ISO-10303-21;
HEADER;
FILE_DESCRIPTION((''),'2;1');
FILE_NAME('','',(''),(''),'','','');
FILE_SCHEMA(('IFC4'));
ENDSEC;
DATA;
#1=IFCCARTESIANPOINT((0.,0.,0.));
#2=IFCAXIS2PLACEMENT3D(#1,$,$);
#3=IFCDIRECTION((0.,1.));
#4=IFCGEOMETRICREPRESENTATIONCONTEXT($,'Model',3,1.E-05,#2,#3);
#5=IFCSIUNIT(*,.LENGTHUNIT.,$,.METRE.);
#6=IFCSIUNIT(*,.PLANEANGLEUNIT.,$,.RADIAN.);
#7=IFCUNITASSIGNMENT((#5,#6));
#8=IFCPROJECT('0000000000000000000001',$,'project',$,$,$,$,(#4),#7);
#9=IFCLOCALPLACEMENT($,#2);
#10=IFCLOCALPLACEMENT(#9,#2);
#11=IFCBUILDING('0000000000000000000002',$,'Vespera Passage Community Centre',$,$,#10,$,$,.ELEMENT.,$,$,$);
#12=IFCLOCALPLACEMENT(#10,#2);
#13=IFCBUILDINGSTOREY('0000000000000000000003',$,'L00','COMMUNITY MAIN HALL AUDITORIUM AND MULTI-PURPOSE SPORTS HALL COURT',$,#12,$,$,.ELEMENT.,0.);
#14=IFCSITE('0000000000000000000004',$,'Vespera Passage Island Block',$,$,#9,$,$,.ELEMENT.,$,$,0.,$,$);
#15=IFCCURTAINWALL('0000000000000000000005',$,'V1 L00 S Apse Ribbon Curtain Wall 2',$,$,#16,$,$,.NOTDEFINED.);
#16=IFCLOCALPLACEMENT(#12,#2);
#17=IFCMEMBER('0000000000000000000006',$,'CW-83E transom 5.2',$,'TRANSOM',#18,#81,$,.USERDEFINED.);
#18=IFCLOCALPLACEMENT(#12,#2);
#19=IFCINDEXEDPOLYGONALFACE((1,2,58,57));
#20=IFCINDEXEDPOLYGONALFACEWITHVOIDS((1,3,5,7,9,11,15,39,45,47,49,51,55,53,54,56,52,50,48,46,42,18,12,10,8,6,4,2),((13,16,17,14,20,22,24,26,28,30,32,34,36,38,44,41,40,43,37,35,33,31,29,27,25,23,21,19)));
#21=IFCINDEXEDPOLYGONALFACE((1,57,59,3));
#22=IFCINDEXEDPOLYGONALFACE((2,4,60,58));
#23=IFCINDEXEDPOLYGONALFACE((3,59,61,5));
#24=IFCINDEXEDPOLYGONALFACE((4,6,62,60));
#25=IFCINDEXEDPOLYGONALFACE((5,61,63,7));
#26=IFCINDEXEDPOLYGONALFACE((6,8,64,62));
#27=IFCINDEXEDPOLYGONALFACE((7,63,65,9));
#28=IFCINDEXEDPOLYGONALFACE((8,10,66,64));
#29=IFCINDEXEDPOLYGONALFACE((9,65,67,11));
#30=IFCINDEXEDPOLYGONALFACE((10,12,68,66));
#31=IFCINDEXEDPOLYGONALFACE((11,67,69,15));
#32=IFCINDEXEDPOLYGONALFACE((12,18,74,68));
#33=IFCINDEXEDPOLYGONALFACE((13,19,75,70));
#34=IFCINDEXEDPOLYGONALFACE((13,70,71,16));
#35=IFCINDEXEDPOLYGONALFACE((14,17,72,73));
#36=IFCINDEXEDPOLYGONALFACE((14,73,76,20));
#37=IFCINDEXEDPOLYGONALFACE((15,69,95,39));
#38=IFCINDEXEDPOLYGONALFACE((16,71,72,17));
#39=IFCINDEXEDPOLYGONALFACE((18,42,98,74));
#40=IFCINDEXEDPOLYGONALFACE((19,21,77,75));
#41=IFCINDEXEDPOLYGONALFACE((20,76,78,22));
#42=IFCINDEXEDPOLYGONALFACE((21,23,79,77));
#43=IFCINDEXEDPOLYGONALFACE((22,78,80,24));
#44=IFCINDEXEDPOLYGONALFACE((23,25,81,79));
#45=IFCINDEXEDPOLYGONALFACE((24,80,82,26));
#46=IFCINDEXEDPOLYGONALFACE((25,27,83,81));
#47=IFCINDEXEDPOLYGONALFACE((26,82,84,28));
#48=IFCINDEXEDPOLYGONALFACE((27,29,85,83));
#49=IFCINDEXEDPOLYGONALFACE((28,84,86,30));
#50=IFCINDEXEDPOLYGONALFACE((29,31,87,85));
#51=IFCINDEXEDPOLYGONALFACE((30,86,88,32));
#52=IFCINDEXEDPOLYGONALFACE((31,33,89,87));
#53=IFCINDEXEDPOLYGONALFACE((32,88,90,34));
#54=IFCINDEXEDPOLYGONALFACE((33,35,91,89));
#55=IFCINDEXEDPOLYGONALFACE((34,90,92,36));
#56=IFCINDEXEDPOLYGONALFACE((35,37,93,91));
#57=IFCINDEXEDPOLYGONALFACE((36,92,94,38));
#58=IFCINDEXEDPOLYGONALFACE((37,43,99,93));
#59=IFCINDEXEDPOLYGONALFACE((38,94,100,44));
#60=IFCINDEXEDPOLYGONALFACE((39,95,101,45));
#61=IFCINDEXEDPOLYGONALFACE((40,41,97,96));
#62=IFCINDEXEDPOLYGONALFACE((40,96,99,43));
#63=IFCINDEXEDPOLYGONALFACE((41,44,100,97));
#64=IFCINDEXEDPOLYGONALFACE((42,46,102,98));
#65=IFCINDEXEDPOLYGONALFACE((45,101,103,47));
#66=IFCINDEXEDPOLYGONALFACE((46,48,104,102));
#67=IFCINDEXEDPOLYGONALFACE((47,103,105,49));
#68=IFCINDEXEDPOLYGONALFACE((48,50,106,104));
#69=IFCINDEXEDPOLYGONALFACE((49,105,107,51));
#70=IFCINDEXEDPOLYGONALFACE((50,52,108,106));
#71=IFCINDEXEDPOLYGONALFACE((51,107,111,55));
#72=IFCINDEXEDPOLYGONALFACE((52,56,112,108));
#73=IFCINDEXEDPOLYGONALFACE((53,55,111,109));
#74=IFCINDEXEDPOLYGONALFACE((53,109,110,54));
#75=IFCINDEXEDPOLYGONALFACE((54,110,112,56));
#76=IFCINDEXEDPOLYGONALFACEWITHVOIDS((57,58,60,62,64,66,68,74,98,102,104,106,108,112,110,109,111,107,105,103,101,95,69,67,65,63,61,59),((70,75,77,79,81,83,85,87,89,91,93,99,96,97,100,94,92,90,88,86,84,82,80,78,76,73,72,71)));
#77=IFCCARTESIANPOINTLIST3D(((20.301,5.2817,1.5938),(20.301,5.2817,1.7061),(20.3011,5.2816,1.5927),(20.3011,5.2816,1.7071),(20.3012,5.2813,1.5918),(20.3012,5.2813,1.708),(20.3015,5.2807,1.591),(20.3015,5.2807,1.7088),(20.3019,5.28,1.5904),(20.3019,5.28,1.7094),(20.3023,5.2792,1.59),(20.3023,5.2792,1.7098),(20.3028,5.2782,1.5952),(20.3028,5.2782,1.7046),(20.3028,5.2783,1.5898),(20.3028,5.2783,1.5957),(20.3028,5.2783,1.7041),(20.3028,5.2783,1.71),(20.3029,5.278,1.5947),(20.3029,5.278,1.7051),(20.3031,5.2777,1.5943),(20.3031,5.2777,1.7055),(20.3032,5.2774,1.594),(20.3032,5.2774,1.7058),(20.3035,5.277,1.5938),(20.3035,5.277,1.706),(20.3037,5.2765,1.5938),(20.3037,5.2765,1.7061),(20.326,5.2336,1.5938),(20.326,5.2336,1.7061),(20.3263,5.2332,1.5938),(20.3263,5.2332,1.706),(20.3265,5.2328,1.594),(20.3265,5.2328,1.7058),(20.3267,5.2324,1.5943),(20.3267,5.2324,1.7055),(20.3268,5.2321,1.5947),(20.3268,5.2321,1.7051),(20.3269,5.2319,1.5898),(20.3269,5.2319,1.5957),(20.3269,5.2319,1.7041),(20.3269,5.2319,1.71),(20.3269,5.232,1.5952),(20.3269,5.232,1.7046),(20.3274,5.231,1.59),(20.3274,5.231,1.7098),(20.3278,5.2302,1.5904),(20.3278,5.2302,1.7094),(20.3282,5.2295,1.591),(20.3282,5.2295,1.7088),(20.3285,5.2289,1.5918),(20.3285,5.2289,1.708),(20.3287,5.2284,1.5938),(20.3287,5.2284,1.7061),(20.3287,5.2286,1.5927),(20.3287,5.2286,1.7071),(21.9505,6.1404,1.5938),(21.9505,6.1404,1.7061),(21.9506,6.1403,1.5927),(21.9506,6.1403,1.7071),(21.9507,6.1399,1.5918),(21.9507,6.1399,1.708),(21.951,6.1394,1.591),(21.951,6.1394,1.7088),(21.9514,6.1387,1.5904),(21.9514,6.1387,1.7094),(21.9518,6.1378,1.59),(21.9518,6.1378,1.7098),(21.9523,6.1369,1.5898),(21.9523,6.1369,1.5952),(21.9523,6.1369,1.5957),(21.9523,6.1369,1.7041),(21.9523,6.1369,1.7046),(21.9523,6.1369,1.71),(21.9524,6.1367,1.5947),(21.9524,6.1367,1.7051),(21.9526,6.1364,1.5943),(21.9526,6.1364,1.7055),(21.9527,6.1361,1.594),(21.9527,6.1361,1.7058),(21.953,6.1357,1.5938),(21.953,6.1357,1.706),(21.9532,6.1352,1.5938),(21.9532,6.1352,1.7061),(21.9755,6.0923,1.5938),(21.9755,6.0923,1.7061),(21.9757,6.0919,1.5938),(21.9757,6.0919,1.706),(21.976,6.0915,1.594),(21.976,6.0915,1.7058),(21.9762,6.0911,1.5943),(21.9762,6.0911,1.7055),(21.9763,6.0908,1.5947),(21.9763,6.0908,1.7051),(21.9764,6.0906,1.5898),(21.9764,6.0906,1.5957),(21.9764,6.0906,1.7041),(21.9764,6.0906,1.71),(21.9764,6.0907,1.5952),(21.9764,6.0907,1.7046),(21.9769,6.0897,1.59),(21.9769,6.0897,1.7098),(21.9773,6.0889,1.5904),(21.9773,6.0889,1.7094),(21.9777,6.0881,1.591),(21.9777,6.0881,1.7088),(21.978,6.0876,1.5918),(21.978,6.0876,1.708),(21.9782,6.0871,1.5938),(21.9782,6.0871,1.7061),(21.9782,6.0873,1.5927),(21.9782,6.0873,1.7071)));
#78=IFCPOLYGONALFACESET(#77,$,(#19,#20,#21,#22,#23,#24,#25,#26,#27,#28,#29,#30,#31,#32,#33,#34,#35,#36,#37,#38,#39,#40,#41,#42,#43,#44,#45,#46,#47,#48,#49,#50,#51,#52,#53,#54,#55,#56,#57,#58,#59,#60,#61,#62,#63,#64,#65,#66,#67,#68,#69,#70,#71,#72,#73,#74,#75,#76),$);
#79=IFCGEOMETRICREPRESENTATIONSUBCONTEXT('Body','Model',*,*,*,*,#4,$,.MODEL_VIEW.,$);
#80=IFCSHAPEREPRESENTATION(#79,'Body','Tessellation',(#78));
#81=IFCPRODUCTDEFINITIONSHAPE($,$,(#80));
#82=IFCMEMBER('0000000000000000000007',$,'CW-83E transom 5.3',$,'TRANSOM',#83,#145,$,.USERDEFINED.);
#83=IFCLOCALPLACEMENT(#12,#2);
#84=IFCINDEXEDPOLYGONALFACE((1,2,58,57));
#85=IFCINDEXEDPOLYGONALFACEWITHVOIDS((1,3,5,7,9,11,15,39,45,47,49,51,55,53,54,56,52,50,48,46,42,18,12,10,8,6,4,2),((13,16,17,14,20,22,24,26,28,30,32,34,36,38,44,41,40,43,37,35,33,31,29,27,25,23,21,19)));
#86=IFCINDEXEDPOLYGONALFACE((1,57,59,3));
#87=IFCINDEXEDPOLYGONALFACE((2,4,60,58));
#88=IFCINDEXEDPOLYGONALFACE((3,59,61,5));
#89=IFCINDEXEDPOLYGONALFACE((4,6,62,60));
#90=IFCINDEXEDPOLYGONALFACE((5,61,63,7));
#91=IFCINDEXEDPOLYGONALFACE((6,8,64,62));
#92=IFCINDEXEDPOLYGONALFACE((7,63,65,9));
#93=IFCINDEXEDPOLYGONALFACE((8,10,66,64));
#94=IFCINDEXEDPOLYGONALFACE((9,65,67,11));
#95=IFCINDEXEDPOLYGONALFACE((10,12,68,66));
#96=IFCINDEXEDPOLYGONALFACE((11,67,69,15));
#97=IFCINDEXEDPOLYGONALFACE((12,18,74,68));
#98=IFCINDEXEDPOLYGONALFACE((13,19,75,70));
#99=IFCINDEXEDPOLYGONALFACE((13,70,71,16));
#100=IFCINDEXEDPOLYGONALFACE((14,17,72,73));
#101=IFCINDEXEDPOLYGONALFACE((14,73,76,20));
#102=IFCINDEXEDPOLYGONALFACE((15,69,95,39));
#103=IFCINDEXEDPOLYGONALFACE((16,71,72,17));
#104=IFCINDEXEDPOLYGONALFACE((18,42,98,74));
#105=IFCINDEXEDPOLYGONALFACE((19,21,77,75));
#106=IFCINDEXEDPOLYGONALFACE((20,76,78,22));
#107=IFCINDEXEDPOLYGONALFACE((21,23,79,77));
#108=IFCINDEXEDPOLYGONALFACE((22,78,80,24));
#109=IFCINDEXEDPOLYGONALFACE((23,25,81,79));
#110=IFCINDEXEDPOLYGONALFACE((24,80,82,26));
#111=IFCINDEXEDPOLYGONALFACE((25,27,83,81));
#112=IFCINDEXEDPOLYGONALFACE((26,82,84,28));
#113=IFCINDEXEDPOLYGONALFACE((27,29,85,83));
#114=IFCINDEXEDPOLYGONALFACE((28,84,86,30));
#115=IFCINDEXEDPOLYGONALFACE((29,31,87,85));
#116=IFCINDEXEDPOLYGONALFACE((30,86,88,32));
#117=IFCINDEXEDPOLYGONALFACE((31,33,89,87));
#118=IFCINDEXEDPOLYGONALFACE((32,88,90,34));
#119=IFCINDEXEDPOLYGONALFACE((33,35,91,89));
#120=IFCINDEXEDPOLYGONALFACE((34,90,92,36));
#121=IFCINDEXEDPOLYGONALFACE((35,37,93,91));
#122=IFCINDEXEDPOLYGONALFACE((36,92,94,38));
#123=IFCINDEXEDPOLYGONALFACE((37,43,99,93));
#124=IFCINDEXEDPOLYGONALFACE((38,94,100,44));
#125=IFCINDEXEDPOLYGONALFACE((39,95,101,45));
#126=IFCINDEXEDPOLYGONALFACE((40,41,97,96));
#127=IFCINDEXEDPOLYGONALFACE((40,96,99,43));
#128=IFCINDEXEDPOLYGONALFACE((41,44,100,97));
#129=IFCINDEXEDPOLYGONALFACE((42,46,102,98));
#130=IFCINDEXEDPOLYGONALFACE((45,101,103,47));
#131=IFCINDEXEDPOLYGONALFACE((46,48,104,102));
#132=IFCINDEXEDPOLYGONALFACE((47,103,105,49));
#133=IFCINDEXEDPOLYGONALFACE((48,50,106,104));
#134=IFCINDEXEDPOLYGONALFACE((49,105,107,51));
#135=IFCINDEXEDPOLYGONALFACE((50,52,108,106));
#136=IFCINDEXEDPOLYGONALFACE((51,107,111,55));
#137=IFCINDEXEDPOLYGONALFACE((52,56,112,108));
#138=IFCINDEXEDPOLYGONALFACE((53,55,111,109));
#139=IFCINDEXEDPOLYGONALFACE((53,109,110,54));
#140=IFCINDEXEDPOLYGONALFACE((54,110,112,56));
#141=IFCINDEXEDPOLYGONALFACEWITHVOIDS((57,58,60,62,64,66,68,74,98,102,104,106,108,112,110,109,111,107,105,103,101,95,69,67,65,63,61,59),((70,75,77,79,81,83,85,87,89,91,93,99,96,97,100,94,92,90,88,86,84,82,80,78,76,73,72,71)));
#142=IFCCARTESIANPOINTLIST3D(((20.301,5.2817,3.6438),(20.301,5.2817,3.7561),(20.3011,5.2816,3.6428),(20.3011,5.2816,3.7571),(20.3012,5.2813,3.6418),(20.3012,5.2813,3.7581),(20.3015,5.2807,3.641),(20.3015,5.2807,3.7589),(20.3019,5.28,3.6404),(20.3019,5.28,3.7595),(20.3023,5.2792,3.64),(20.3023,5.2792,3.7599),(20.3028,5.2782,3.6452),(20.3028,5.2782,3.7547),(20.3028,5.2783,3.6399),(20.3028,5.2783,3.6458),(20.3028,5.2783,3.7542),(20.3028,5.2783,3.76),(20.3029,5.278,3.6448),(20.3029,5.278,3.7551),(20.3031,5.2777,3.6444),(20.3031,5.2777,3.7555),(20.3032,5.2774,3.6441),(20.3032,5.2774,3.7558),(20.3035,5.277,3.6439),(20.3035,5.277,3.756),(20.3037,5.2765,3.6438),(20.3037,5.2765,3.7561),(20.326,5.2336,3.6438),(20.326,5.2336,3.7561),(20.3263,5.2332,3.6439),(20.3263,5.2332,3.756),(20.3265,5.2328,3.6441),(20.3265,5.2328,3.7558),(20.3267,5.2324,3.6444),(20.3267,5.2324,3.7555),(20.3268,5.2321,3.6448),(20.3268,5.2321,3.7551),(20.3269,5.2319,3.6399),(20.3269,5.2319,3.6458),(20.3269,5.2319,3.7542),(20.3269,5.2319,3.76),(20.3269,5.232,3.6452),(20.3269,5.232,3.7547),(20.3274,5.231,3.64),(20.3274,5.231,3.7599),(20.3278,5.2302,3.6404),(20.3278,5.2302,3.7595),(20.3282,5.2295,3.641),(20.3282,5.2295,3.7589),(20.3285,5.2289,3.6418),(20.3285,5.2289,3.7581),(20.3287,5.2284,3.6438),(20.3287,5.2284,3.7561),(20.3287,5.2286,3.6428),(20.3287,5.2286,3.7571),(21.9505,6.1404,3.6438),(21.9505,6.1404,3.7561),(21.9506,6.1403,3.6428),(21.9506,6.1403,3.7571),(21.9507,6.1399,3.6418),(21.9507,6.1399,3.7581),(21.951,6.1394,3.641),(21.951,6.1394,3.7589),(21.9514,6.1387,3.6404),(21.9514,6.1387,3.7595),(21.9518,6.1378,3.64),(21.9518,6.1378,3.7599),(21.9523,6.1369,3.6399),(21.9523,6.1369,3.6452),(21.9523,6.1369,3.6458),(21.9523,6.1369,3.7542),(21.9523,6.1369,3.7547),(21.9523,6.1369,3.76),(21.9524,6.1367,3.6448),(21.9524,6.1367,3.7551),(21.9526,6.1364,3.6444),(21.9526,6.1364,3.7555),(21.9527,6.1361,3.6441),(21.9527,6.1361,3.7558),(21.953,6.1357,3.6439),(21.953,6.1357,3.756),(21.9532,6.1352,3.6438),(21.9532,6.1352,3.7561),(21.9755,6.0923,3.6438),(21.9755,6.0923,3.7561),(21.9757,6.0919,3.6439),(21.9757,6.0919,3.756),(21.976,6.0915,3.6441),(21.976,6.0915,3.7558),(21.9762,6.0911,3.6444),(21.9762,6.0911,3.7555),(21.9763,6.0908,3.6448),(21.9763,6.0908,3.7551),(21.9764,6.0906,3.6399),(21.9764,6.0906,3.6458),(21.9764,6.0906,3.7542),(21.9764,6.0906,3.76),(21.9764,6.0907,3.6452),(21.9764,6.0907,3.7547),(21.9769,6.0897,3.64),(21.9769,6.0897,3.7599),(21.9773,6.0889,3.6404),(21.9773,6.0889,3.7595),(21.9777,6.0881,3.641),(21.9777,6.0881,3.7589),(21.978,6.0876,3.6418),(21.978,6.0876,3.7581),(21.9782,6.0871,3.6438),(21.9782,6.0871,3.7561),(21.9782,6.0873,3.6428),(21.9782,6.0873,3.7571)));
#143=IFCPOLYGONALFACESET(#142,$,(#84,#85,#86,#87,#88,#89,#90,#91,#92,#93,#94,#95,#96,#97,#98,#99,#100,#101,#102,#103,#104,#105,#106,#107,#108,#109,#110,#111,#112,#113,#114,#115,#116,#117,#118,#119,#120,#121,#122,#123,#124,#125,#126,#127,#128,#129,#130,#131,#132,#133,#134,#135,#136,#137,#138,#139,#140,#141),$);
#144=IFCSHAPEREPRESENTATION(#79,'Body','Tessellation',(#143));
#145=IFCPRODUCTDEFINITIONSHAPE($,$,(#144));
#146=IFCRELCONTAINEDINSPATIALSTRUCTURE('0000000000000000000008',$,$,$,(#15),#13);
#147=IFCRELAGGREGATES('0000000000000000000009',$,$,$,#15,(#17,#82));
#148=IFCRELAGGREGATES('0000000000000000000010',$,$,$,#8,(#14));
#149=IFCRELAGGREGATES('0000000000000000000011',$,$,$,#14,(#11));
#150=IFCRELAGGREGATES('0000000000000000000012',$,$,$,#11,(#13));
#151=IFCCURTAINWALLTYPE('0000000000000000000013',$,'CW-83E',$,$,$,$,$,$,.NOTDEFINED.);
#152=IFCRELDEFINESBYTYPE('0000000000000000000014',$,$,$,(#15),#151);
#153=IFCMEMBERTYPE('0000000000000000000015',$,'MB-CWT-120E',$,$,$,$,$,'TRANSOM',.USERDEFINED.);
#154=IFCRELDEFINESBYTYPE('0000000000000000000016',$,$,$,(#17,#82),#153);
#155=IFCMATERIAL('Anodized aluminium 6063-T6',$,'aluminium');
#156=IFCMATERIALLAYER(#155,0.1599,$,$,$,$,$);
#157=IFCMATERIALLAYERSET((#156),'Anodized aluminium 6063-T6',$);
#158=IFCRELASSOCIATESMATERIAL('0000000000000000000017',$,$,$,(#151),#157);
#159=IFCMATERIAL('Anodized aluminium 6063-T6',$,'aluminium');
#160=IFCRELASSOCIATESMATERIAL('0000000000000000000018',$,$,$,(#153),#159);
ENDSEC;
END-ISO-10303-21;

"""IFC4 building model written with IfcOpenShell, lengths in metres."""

from ifc_helpers import new_model, si_unit, direction, frame, origin, origin_2d, place, context, subcontext, project, spatial, hollow_rectangle, extrude, material, layer, layer_set, material_profile, profile_set, type_object, element, aggregate, save


model = new_model("IFC4")

# Units and contexts
model_context = context("Model", 3, precision=1e-05, world=origin(), true_north=direction((0.0, 1.0)))
body_context = subcontext(model_context, "Body", "Model", "MODEL_VIEW")
ifc_project = project(units=[si_unit("LENGTHUNIT", "METRE"), si_unit("PLANEANGLEUNIT", "RADIAN")], contexts=[model_context])

# Site, building, storey
site_placement = place(None, origin())
site = spatial("IfcSite", under=ifc_project, at=site_placement, Name="Vespera Passage Island Block", CompositionType="ELEMENT", RefElevation=0.0)
building_placement = place(site_placement, origin())
building = spatial("IfcBuilding", under=site, at=building_placement, Name="Vespera Passage Community Centre", CompositionType="ELEMENT")
storey_placement = place(building_placement, origin())
storey = spatial("IfcBuildingStorey", under=building, at=storey_placement, Name="L00", Description="COMMUNITY MAIN HALL AUDITORIUM AND MULTI-PURPOSE SPORTS HALL COURT", CompositionType="ELEMENT", Elevation=0.0)

# Curtain wall, members
ifc_material_1 = material(Name="Anodized aluminium 6063-T6", Category="aluminium")
ifc_layer_1 = layer(ifc_material_1, 0.1599)
ifc_layer_set_1 = layer_set([ifc_layer_1], Name="Anodized aluminium 6063-T6")
curtain_wall_type = type_object("IfcCurtainWallType", Name="CW-83E", PredefinedType="NOTDEFINED", material=ifc_layer_set_1)
curtain_wall_placement = place(storey_placement, origin())
curtain_wall = element("IfcCurtainWall", 1, at=curtain_wall_placement, inside=storey, type_object=curtain_wall_type, Name="V1 L00 S Apse Ribbon Curtain Wall 2", PredefinedType="NOTDEFINED")
ifc_material_2 = material(Name="Anodized aluminium 6063-T6", Category="aluminium")
ifc_material_profile_1 = material_profile(ifc_material_2, hollow_rectangle(XDim=0.0601, YDim=0.1201, WallThickness=0.0039, InnerFilletRadius=0.002, OuterFilletRadius=0.0039, at=origin_2d()), Name="ALU120X60X4")
ifc_profile_set_1 = profile_set([ifc_material_profile_1], Name="Anodized aluminium 6063-T6")
member_type_1 = type_object("IfcMemberType", Name="MB-CWT-120E", ElementType="TRANSOM", PredefinedType="USERDEFINED", material=ifc_profile_set_1)
member_1_placement = place(storey_placement, frame((21.9644, 6.1138, 1.6499), z_axis=(-0.887008, -0.461754, 0.0), x_axis=(0.461754, -0.887008, 0.0)))
member_1 = element("IfcMember", 2, at=member_1_placement, type_object=member_type_1, Name="CW-83E transom 5.2", ObjectType="TRANSOM", PredefinedType="USERDEFINED", context=body_context, shape_type="SweptSolid", body=[
    extrude(hollow_rectangle(XDim=0.0601, YDim=0.1201, WallThickness=0.0039, InnerFilletRadius=0.002, OuterFilletRadius=0.0039, at=origin_2d()), origin(), (0.0, 0.0, 1.0), 1.8596),
])
member_2_placement = place(storey_placement, frame((21.9644, 6.1138, 3.7), z_axis=(-0.887008, -0.461754, 0.0), x_axis=(0.461754, -0.887008, 0.0)))
member_2 = element("IfcMember", 3, at=member_2_placement, type_object=member_type_1, Name="CW-83E transom 5.3", ObjectType="TRANSOM", PredefinedType="USERDEFINED", context=body_context, shape_type="SweptSolid", body=[
    extrude(hollow_rectangle(XDim=0.0601, YDim=0.1201, WallThickness=0.0039, InnerFilletRadius=0.002, OuterFilletRadius=0.0039, at=origin_2d()), origin(), (0.0, 0.0, 1.0), 1.8596),
])

aggregate(curtain_wall, [member_1, member_2])

save(model, "model.ifc")
